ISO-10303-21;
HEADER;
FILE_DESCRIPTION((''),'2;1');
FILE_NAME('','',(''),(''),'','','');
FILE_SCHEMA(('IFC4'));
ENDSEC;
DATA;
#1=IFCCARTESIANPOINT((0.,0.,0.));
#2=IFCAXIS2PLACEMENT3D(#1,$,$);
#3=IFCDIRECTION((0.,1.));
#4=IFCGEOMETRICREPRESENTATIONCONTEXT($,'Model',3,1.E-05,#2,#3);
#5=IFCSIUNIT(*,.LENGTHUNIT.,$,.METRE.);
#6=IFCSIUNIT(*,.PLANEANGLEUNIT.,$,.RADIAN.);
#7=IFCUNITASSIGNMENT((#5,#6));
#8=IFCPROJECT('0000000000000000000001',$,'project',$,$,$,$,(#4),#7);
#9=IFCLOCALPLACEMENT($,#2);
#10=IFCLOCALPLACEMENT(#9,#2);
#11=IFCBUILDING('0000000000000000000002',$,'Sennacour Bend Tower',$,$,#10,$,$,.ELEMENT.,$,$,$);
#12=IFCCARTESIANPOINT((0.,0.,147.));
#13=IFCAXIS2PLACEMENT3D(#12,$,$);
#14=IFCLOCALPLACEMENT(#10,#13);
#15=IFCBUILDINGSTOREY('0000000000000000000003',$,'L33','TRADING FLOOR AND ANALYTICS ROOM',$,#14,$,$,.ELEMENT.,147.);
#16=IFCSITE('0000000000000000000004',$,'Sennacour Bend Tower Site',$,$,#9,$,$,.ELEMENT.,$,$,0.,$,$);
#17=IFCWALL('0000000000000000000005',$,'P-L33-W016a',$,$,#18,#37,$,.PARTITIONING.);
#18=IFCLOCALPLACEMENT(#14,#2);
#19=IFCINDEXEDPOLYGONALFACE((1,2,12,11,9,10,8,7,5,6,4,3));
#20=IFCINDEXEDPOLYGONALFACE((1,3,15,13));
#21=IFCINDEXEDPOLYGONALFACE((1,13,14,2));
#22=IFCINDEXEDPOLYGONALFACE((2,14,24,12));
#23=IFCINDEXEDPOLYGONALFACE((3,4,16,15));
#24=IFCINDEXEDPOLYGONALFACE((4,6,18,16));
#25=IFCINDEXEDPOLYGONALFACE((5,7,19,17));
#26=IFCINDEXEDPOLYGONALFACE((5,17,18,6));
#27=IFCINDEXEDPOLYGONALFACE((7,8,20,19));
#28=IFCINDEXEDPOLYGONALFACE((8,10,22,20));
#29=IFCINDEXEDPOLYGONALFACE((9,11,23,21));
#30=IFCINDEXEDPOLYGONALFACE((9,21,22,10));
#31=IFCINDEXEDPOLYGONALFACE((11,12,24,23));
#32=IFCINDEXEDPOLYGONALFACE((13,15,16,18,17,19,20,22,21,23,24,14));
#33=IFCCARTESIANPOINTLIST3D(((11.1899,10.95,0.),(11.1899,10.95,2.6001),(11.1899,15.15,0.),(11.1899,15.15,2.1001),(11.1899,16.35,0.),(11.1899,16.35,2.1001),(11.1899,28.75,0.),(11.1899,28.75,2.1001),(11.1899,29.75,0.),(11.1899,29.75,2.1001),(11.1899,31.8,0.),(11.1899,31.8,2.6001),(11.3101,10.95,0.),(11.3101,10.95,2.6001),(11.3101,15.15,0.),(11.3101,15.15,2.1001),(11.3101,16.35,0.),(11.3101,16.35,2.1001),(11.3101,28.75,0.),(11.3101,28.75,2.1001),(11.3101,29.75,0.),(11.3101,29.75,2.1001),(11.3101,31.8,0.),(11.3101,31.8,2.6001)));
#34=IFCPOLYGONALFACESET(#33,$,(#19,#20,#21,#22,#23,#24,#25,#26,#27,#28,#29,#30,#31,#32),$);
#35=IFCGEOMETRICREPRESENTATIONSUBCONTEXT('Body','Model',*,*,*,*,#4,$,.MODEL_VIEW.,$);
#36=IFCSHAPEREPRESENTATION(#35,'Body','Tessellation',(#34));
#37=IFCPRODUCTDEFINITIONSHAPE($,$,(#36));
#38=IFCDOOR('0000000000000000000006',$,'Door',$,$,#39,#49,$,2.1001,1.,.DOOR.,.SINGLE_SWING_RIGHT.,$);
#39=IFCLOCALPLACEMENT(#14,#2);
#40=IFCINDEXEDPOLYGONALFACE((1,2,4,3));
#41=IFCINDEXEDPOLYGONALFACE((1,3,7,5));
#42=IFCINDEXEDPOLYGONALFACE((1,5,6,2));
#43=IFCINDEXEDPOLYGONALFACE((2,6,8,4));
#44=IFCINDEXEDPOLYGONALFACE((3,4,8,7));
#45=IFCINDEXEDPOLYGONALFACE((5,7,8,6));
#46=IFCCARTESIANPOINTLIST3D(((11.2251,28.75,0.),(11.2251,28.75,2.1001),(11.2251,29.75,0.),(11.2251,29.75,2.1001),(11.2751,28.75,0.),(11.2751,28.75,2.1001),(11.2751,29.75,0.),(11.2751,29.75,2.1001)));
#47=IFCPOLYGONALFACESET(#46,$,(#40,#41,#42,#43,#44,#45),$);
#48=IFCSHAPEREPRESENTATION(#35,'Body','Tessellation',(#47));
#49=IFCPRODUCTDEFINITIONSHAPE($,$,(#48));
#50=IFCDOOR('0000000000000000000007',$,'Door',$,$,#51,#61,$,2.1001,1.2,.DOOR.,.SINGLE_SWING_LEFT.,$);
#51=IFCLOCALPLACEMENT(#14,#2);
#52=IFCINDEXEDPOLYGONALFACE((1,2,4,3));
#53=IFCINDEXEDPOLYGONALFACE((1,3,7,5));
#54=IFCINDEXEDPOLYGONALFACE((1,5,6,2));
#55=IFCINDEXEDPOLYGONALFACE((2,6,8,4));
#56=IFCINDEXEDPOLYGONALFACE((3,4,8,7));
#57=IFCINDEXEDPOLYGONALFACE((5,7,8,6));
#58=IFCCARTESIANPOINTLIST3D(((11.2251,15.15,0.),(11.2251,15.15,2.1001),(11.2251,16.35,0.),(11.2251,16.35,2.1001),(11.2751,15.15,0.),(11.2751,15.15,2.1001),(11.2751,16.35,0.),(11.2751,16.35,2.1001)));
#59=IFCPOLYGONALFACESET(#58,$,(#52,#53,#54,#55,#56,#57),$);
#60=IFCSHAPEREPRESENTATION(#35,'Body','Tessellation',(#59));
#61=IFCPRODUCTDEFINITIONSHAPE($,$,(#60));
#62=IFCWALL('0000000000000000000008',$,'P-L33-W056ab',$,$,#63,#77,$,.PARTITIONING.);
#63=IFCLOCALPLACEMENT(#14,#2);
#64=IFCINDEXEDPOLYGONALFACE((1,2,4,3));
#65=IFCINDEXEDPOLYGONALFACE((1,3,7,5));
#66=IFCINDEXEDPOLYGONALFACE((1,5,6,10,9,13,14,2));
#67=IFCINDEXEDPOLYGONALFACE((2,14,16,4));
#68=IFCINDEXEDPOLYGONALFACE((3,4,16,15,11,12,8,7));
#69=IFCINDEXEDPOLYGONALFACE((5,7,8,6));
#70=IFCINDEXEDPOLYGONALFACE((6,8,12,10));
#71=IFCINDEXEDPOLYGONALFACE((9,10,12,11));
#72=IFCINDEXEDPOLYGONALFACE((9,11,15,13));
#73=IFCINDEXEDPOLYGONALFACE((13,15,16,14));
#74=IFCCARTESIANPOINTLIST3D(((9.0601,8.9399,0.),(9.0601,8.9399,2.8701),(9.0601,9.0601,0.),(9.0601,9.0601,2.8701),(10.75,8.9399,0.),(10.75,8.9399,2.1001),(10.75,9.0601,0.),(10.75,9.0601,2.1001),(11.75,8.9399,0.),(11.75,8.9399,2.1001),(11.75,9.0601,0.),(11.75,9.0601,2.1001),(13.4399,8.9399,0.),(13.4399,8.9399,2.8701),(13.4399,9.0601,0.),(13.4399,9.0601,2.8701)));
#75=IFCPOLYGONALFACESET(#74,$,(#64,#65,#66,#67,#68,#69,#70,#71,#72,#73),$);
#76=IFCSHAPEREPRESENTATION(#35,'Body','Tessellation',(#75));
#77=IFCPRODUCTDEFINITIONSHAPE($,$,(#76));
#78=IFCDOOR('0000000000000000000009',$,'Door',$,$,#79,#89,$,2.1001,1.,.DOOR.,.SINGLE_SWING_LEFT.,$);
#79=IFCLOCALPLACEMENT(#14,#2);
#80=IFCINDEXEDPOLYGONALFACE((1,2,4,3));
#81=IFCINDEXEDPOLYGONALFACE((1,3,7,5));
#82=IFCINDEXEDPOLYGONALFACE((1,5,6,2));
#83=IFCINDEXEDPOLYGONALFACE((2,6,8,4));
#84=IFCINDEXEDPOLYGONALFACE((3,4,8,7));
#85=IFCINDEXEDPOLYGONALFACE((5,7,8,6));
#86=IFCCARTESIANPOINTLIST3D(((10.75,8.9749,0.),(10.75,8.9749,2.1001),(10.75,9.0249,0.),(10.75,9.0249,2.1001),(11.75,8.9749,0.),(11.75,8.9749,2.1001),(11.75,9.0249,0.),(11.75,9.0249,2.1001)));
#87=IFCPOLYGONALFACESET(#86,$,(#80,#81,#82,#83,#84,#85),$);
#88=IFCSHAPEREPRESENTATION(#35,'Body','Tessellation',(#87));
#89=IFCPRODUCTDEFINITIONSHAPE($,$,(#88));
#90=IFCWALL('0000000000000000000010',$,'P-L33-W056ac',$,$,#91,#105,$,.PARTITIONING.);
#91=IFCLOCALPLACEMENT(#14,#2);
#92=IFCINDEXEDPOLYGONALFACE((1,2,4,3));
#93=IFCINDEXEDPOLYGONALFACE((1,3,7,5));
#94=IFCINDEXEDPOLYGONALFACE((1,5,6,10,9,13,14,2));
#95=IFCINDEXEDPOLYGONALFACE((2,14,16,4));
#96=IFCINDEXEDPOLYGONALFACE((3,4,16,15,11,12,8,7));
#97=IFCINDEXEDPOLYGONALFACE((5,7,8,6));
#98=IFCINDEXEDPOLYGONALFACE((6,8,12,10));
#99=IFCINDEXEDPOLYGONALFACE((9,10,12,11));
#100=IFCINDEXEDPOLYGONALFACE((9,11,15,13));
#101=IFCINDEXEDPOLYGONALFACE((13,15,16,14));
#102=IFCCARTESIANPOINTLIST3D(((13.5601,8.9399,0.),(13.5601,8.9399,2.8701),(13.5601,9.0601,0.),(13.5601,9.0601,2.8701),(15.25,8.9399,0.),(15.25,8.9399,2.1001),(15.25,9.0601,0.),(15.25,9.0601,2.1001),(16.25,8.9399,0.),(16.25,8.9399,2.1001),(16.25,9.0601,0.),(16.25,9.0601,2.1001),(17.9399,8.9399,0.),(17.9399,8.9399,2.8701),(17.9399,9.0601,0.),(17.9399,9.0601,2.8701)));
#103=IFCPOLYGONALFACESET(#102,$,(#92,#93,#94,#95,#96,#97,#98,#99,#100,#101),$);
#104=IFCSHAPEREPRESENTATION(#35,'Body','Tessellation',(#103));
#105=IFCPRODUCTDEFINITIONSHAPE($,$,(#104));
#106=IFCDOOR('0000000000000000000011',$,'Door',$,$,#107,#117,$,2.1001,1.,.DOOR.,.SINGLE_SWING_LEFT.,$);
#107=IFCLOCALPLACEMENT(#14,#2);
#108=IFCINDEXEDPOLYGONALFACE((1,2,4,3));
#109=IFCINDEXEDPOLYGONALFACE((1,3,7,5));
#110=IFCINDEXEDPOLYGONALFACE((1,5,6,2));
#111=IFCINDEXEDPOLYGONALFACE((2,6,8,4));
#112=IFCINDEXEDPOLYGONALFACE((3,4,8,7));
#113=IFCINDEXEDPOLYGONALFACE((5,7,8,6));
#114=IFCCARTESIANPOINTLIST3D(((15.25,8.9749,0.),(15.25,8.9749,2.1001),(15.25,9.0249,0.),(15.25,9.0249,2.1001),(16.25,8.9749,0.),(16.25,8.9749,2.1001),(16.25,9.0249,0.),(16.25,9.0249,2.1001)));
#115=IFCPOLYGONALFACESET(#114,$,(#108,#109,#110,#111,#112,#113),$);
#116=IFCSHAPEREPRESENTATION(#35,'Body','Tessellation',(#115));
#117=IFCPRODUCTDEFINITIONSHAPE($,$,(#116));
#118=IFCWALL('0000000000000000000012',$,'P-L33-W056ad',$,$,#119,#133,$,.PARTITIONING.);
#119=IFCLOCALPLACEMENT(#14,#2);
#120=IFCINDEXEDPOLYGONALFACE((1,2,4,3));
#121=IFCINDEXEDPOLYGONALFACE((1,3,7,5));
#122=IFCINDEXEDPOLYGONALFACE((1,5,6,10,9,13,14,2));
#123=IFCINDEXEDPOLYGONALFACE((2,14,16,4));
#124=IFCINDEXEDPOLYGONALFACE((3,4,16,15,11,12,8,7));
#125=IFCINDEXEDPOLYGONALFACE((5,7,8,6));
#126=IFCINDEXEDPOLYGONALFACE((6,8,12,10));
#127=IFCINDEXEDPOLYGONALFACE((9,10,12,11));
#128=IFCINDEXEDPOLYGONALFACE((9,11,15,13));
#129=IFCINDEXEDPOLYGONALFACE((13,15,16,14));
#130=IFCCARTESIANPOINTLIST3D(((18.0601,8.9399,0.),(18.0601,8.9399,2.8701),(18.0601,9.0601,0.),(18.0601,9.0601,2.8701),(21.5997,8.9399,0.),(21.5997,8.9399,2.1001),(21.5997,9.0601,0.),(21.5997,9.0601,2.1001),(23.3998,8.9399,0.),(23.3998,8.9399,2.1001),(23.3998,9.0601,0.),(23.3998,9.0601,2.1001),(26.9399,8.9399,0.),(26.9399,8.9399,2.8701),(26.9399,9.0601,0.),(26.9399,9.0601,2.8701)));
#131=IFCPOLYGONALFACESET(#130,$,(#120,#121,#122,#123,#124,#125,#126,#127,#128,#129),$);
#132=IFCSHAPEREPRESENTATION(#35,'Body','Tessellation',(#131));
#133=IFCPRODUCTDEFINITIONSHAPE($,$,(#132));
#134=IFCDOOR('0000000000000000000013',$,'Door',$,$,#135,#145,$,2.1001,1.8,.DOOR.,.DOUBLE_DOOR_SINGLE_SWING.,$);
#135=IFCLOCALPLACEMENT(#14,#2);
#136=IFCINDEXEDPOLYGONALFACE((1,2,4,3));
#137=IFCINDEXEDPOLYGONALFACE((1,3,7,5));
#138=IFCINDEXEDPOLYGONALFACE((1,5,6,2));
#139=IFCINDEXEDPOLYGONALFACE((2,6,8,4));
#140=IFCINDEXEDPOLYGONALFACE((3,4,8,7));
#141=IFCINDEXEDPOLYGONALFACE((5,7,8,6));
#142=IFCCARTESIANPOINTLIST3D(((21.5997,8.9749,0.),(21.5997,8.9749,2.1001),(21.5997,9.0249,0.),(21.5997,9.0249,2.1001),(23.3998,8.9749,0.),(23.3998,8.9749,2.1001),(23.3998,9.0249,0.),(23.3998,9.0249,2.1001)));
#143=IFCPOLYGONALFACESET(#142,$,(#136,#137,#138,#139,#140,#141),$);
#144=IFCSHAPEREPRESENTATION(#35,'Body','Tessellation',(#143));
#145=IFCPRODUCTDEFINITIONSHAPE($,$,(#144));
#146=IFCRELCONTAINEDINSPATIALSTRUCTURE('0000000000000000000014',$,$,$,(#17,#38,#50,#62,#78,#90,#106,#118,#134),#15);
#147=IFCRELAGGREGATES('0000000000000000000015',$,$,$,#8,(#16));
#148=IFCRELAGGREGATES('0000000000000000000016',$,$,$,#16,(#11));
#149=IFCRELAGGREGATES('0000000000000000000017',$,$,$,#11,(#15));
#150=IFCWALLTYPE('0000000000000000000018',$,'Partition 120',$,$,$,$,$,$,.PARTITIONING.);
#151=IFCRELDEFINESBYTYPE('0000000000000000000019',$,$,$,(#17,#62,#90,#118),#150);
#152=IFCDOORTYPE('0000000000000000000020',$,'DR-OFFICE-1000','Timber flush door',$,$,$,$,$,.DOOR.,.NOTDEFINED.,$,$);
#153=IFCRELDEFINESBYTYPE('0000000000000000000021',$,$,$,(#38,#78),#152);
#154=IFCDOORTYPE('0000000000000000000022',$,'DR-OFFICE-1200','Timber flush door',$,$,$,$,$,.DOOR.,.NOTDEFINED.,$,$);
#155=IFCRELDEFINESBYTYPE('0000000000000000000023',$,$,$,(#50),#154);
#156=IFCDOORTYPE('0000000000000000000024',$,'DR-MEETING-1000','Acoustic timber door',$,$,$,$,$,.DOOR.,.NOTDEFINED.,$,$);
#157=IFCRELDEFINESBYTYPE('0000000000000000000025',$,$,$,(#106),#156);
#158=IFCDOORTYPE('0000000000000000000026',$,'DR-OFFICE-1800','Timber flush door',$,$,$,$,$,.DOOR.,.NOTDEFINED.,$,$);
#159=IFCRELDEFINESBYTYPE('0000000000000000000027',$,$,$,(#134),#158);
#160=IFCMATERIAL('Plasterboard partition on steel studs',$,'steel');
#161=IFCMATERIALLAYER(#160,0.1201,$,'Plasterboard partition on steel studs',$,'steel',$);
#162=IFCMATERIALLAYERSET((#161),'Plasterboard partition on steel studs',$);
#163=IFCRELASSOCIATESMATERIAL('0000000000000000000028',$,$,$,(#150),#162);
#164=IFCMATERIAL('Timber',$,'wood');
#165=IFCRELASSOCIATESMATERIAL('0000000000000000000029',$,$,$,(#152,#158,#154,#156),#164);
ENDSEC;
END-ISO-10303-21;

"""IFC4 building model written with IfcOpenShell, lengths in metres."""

from ifc_helpers import new_model, si_unit, direction, frame, frame_2d, origin, place, context, subcontext, project, spatial, rectangle, extrude, material, layer, layer_set, type_object, element, fill, save


model = new_model("IFC4")

# Units and contexts
model_context = context("Model", 3, precision=1e-05, world=origin(), true_north=direction((0.0, 1.0)))
body_context = subcontext(model_context, "Body", "Model", "MODEL_VIEW")
ifc_project = project(units=[si_unit("LENGTHUNIT", "METRE"), si_unit("PLANEANGLEUNIT", "RADIAN")], contexts=[model_context])

# Site, building, storey
site_placement = place(None, origin())
site = spatial("IfcSite", under=ifc_project, at=site_placement, Name="Sennacour Bend Tower Site", CompositionType="ELEMENT", RefElevation=0.0)
building_placement = place(site_placement, origin())
building = spatial("IfcBuilding", under=site, at=building_placement, Name="Sennacour Bend Tower", CompositionType="ELEMENT")
storey_placement = place(building_placement, frame((0.0, 0.0, 147.0)))
storey = spatial("IfcBuildingStorey", under=building, at=storey_placement, Name="L33", Description="TRADING FLOOR AND ANALYTICS ROOM", CompositionType="ELEMENT", Elevation=147.0)

# Shared definitions
ifc_material_1 = material(Name="Plasterboard partition on steel studs", Category="steel")
ifc_layer_1 = layer(ifc_material_1, 0.1201, Name="Plasterboard partition on steel studs", Category="steel")
ifc_layer_set_1 = layer_set([ifc_layer_1], Name="Plasterboard partition on steel studs")
wall_type_1 = type_object("IfcWallType", Name="Partition 120", PredefinedType="PARTITIONING", material=ifc_layer_set_1)

# Wall, openings, doors
ifc_material_2 = material(Name="Timber", Category="wood")
door_type_1 = type_object("IfcDoorType", Name="DR-OFFICE-1000", Description="Timber flush door", OperationType="NOTDEFINED", PredefinedType="DOOR", material=ifc_material_2)
door_type_2 = type_object("IfcDoorType", Name="DR-OFFICE-1800", Description="Timber flush door", OperationType="NOTDEFINED", PredefinedType="DOOR", material=ifc_material_2)
wall_1_placement = place(storey_placement, frame((11.25, 10.95, 0.0), z_axis=(0.0, 0.0, 1.0), x_axis=(0.0, 1.0, 0.0)))
wall_1 = element("IfcWall", 1, at=wall_1_placement, inside=storey, type_object=wall_type_1, Name="P-L33-W016a", PredefinedType="PARTITIONING", context=body_context, shape_type="SweptSolid", body=[
    extrude(rectangle(XDim=20.8501, YDim=0.1201, at=frame_2d((10.425, 0.0))), origin(), (0.0, 0.0, 1.0), 2.6001),
])
opening_1_placement = place(wall_1_placement, frame((17.8, 0.0, 0.0)))
opening_1 = element("IfcOpeningElement", 2, at=opening_1_placement, cuts=wall_1, PredefinedType="OPENING", context=body_context, shape_type="SweptSolid", body=[
    extrude(rectangle(XDim=1.0, YDim=2.1001, at=frame_2d((0.5, 1.05))), frame((0.0, 0.0701, 0.0), z_axis=(0.0, -1.0, 0.0), x_axis=(1.0, 0.0, 0.0)), (0.0, 0.0, 1.0), 0.1401),
])
opening_2_placement = place(wall_1_placement, frame((4.2, 0.0, 0.0)))
opening_2 = element("IfcOpeningElement", 3, at=opening_2_placement, cuts=wall_1, PredefinedType="OPENING", context=body_context, shape_type="SweptSolid", body=[
    extrude(rectangle(XDim=1.2, YDim=2.1001, at=frame_2d((0.6001, 1.05))), frame((0.0, 0.0701, 0.0), z_axis=(0.0, -1.0, 0.0), x_axis=(1.0, 0.0, 0.0)), (0.0, 0.0, 1.0), 0.1401),
])
door_1_placement = place(opening_1_placement, origin())
door_1 = element("IfcDoor", 4, at=door_1_placement, inside=storey, type_object=door_type_1, Name="Door", OperationType="SINGLE_SWING_RIGHT", OverallHeight=2.1001, OverallWidth=1.0, PredefinedType="DOOR", context=body_context, shape_type="SweptSolid", body=[
    extrude(rectangle(XDim=1.0, YDim=2.1001, at=frame_2d((0.5, 1.05))), frame((0.0, 0.0249, 0.0), z_axis=(0.0, -1.0, 0.0), x_axis=(1.0, 0.0, 0.0)), (0.0, 0.0, 1.0), 0.05),
])
fill(opening_1, door_1)
door_type_3 = type_object("IfcDoorType", Name="DR-OFFICE-1200", Description="Timber flush door", OperationType="NOTDEFINED", PredefinedType="DOOR", material=ifc_material_2)
door_2_placement = place(opening_2_placement, origin())
door_2 = element("IfcDoor", 5, at=door_2_placement, inside=storey, type_object=door_type_3, Name="Door", OperationType="SINGLE_SWING_LEFT", OverallHeight=2.1001, OverallWidth=1.2, PredefinedType="DOOR", context=body_context, shape_type="SweptSolid", body=[
    extrude(rectangle(XDim=1.2, YDim=2.1001, at=frame_2d((0.6001, 1.05))), frame((0.0, 0.0249, 0.0), z_axis=(0.0, -1.0, 0.0), x_axis=(1.0, 0.0, 0.0)), (0.0, 0.0, 1.0), 0.05),
])
fill(opening_2, door_2)

# Walls, openings, doors
wall_2_placement = place(storey_placement, frame((9.0601, 9.0, 0.0), z_axis=(0.0, 0.0, 1.0), x_axis=(1.0, 0.0, 0.0)))
wall_2 = element("IfcWall", 6, at=wall_2_placement, inside=storey, type_object=wall_type_1, Name="P-L33-W056ab", PredefinedType="PARTITIONING", context=body_context, shape_type="SweptSolid", body=[
    extrude(rectangle(XDim=4.3799, YDim=0.1201, at=frame_2d((2.1899, 0.0))), origin(), (0.0, 0.0, 1.0), 2.8701),
])
opening_3_placement = place(wall_2_placement, frame((1.6899, 0.0, 0.0)))
opening_3 = element("IfcOpeningElement", 7, at=opening_3_placement, cuts=wall_2, PredefinedType="OPENING", context=body_context, shape_type="SweptSolid", body=[
    extrude(rectangle(XDim=1.0, YDim=2.1001, at=frame_2d((0.5, 1.05))), frame((0.0, 0.0701, 0.0), z_axis=(0.0, -1.0, 0.0), x_axis=(1.0, 0.0, 0.0)), (0.0, 0.0, 1.0), 0.1401),
])
door_3_placement = place(opening_3_placement, origin())
door_3 = element("IfcDoor", 8, at=door_3_placement, inside=storey, type_object=door_type_1, Name="Door", OperationType="SINGLE_SWING_LEFT", OverallHeight=2.1001, OverallWidth=1.0, PredefinedType="DOOR", context=body_context, shape_type="SweptSolid", body=[
    extrude(rectangle(XDim=1.0, YDim=2.1001, at=frame_2d((0.5, 1.05))), frame((0.0, 0.0249, 0.0), z_axis=(0.0, -1.0, 0.0), x_axis=(1.0, 0.0, 0.0)), (0.0, 0.0, 1.0), 0.05),
])
fill(opening_3, door_3)
wall_3_placement = place(storey_placement, frame((13.5601, 9.0, 0.0), z_axis=(0.0, 0.0, 1.0), x_axis=(1.0, 0.0, 0.0)))
wall_3 = element("IfcWall", 9, at=wall_3_placement, inside=storey, type_object=wall_type_1, Name="P-L33-W056ac", PredefinedType="PARTITIONING", context=body_context, shape_type="SweptSolid", body=[
    extrude(rectangle(XDim=4.3799, YDim=0.1201, at=frame_2d((2.1899, 0.0))), origin(), (0.0, 0.0, 1.0), 2.8701),
])
opening_4_placement = place(wall_3_placement, frame((1.6899, 0.0, 0.0)))
opening_4 = element("IfcOpeningElement", 10, at=opening_4_placement, cuts=wall_3, PredefinedType="OPENING", context=body_context, shape_type="SweptSolid", body=[
    extrude(rectangle(XDim=1.0, YDim=2.1001, at=frame_2d((0.5, 1.05))), frame((0.0, 0.0701, 0.0), z_axis=(0.0, -1.0, 0.0), x_axis=(1.0, 0.0, 0.0)), (0.0, 0.0, 1.0), 0.1401),
])
door_type_4 = type_object("IfcDoorType", Name="DR-MEETING-1000", Description="Acoustic timber door", OperationType="NOTDEFINED", PredefinedType="DOOR", material=ifc_material_2)
door_4_placement = place(opening_4_placement, origin())
door_4 = element("IfcDoor", 11, at=door_4_placement, inside=storey, type_object=door_type_4, Name="Door", OperationType="SINGLE_SWING_LEFT", OverallHeight=2.1001, OverallWidth=1.0, PredefinedType="DOOR", context=body_context, shape_type="SweptSolid", body=[
    extrude(rectangle(XDim=1.0, YDim=2.1001, at=frame_2d((0.5, 1.05))), frame((0.0, 0.0249, 0.0), z_axis=(0.0, -1.0, 0.0), x_axis=(1.0, 0.0, 0.0)), (0.0, 0.0, 1.0), 0.05),
])
fill(opening_4, door_4)
wall_4_placement = place(storey_placement, frame((18.0601, 9.0, 0.0), z_axis=(0.0, 0.0, 1.0), x_axis=(1.0, 0.0, 0.0)))
wall_4 = element("IfcWall", 12, at=wall_4_placement, inside=storey, type_object=wall_type_1, Name="P-L33-W056ad", PredefinedType="PARTITIONING", context=body_context, shape_type="SweptSolid", body=[
    extrude(rectangle(XDim=8.8799, YDim=0.1201, at=frame_2d((4.4399, 0.0))), origin(), (0.0, 0.0, 1.0), 2.8701),
])
opening_5_placement = place(wall_4_placement, frame((3.5398, 0.0, 0.0)))
opening_5 = element("IfcOpeningElement", 13, at=opening_5_placement, cuts=wall_4, PredefinedType="OPENING", context=body_context, shape_type="SweptSolid", body=[
    extrude(rectangle(XDim=1.8, YDim=2.1001, at=frame_2d((0.8999, 1.05))), frame((0.0, 0.0701, 0.0), z_axis=(0.0, -1.0, 0.0), x_axis=(1.0, 0.0, 0.0)), (0.0, 0.0, 1.0), 0.1401),
])
door_5_placement = place(opening_5_placement, origin())
door_5 = element("IfcDoor", 14, at=door_5_placement, inside=storey, type_object=door_type_2, Name="Door", OperationType="DOUBLE_DOOR_SINGLE_SWING", OverallHeight=2.1001, OverallWidth=1.8, PredefinedType="DOOR", context=body_context, shape_type="SweptSolid", body=[
    extrude(rectangle(XDim=1.8, YDim=2.1001, at=frame_2d((0.8999, 1.05))), frame((0.0, 0.0249, 0.0), z_axis=(0.0, -1.0, 0.0), x_axis=(1.0, 0.0, 0.0)), (0.0, 0.0, 1.0), 0.05),
])
fill(opening_5, door_5)

save(model, "model.ifc")
